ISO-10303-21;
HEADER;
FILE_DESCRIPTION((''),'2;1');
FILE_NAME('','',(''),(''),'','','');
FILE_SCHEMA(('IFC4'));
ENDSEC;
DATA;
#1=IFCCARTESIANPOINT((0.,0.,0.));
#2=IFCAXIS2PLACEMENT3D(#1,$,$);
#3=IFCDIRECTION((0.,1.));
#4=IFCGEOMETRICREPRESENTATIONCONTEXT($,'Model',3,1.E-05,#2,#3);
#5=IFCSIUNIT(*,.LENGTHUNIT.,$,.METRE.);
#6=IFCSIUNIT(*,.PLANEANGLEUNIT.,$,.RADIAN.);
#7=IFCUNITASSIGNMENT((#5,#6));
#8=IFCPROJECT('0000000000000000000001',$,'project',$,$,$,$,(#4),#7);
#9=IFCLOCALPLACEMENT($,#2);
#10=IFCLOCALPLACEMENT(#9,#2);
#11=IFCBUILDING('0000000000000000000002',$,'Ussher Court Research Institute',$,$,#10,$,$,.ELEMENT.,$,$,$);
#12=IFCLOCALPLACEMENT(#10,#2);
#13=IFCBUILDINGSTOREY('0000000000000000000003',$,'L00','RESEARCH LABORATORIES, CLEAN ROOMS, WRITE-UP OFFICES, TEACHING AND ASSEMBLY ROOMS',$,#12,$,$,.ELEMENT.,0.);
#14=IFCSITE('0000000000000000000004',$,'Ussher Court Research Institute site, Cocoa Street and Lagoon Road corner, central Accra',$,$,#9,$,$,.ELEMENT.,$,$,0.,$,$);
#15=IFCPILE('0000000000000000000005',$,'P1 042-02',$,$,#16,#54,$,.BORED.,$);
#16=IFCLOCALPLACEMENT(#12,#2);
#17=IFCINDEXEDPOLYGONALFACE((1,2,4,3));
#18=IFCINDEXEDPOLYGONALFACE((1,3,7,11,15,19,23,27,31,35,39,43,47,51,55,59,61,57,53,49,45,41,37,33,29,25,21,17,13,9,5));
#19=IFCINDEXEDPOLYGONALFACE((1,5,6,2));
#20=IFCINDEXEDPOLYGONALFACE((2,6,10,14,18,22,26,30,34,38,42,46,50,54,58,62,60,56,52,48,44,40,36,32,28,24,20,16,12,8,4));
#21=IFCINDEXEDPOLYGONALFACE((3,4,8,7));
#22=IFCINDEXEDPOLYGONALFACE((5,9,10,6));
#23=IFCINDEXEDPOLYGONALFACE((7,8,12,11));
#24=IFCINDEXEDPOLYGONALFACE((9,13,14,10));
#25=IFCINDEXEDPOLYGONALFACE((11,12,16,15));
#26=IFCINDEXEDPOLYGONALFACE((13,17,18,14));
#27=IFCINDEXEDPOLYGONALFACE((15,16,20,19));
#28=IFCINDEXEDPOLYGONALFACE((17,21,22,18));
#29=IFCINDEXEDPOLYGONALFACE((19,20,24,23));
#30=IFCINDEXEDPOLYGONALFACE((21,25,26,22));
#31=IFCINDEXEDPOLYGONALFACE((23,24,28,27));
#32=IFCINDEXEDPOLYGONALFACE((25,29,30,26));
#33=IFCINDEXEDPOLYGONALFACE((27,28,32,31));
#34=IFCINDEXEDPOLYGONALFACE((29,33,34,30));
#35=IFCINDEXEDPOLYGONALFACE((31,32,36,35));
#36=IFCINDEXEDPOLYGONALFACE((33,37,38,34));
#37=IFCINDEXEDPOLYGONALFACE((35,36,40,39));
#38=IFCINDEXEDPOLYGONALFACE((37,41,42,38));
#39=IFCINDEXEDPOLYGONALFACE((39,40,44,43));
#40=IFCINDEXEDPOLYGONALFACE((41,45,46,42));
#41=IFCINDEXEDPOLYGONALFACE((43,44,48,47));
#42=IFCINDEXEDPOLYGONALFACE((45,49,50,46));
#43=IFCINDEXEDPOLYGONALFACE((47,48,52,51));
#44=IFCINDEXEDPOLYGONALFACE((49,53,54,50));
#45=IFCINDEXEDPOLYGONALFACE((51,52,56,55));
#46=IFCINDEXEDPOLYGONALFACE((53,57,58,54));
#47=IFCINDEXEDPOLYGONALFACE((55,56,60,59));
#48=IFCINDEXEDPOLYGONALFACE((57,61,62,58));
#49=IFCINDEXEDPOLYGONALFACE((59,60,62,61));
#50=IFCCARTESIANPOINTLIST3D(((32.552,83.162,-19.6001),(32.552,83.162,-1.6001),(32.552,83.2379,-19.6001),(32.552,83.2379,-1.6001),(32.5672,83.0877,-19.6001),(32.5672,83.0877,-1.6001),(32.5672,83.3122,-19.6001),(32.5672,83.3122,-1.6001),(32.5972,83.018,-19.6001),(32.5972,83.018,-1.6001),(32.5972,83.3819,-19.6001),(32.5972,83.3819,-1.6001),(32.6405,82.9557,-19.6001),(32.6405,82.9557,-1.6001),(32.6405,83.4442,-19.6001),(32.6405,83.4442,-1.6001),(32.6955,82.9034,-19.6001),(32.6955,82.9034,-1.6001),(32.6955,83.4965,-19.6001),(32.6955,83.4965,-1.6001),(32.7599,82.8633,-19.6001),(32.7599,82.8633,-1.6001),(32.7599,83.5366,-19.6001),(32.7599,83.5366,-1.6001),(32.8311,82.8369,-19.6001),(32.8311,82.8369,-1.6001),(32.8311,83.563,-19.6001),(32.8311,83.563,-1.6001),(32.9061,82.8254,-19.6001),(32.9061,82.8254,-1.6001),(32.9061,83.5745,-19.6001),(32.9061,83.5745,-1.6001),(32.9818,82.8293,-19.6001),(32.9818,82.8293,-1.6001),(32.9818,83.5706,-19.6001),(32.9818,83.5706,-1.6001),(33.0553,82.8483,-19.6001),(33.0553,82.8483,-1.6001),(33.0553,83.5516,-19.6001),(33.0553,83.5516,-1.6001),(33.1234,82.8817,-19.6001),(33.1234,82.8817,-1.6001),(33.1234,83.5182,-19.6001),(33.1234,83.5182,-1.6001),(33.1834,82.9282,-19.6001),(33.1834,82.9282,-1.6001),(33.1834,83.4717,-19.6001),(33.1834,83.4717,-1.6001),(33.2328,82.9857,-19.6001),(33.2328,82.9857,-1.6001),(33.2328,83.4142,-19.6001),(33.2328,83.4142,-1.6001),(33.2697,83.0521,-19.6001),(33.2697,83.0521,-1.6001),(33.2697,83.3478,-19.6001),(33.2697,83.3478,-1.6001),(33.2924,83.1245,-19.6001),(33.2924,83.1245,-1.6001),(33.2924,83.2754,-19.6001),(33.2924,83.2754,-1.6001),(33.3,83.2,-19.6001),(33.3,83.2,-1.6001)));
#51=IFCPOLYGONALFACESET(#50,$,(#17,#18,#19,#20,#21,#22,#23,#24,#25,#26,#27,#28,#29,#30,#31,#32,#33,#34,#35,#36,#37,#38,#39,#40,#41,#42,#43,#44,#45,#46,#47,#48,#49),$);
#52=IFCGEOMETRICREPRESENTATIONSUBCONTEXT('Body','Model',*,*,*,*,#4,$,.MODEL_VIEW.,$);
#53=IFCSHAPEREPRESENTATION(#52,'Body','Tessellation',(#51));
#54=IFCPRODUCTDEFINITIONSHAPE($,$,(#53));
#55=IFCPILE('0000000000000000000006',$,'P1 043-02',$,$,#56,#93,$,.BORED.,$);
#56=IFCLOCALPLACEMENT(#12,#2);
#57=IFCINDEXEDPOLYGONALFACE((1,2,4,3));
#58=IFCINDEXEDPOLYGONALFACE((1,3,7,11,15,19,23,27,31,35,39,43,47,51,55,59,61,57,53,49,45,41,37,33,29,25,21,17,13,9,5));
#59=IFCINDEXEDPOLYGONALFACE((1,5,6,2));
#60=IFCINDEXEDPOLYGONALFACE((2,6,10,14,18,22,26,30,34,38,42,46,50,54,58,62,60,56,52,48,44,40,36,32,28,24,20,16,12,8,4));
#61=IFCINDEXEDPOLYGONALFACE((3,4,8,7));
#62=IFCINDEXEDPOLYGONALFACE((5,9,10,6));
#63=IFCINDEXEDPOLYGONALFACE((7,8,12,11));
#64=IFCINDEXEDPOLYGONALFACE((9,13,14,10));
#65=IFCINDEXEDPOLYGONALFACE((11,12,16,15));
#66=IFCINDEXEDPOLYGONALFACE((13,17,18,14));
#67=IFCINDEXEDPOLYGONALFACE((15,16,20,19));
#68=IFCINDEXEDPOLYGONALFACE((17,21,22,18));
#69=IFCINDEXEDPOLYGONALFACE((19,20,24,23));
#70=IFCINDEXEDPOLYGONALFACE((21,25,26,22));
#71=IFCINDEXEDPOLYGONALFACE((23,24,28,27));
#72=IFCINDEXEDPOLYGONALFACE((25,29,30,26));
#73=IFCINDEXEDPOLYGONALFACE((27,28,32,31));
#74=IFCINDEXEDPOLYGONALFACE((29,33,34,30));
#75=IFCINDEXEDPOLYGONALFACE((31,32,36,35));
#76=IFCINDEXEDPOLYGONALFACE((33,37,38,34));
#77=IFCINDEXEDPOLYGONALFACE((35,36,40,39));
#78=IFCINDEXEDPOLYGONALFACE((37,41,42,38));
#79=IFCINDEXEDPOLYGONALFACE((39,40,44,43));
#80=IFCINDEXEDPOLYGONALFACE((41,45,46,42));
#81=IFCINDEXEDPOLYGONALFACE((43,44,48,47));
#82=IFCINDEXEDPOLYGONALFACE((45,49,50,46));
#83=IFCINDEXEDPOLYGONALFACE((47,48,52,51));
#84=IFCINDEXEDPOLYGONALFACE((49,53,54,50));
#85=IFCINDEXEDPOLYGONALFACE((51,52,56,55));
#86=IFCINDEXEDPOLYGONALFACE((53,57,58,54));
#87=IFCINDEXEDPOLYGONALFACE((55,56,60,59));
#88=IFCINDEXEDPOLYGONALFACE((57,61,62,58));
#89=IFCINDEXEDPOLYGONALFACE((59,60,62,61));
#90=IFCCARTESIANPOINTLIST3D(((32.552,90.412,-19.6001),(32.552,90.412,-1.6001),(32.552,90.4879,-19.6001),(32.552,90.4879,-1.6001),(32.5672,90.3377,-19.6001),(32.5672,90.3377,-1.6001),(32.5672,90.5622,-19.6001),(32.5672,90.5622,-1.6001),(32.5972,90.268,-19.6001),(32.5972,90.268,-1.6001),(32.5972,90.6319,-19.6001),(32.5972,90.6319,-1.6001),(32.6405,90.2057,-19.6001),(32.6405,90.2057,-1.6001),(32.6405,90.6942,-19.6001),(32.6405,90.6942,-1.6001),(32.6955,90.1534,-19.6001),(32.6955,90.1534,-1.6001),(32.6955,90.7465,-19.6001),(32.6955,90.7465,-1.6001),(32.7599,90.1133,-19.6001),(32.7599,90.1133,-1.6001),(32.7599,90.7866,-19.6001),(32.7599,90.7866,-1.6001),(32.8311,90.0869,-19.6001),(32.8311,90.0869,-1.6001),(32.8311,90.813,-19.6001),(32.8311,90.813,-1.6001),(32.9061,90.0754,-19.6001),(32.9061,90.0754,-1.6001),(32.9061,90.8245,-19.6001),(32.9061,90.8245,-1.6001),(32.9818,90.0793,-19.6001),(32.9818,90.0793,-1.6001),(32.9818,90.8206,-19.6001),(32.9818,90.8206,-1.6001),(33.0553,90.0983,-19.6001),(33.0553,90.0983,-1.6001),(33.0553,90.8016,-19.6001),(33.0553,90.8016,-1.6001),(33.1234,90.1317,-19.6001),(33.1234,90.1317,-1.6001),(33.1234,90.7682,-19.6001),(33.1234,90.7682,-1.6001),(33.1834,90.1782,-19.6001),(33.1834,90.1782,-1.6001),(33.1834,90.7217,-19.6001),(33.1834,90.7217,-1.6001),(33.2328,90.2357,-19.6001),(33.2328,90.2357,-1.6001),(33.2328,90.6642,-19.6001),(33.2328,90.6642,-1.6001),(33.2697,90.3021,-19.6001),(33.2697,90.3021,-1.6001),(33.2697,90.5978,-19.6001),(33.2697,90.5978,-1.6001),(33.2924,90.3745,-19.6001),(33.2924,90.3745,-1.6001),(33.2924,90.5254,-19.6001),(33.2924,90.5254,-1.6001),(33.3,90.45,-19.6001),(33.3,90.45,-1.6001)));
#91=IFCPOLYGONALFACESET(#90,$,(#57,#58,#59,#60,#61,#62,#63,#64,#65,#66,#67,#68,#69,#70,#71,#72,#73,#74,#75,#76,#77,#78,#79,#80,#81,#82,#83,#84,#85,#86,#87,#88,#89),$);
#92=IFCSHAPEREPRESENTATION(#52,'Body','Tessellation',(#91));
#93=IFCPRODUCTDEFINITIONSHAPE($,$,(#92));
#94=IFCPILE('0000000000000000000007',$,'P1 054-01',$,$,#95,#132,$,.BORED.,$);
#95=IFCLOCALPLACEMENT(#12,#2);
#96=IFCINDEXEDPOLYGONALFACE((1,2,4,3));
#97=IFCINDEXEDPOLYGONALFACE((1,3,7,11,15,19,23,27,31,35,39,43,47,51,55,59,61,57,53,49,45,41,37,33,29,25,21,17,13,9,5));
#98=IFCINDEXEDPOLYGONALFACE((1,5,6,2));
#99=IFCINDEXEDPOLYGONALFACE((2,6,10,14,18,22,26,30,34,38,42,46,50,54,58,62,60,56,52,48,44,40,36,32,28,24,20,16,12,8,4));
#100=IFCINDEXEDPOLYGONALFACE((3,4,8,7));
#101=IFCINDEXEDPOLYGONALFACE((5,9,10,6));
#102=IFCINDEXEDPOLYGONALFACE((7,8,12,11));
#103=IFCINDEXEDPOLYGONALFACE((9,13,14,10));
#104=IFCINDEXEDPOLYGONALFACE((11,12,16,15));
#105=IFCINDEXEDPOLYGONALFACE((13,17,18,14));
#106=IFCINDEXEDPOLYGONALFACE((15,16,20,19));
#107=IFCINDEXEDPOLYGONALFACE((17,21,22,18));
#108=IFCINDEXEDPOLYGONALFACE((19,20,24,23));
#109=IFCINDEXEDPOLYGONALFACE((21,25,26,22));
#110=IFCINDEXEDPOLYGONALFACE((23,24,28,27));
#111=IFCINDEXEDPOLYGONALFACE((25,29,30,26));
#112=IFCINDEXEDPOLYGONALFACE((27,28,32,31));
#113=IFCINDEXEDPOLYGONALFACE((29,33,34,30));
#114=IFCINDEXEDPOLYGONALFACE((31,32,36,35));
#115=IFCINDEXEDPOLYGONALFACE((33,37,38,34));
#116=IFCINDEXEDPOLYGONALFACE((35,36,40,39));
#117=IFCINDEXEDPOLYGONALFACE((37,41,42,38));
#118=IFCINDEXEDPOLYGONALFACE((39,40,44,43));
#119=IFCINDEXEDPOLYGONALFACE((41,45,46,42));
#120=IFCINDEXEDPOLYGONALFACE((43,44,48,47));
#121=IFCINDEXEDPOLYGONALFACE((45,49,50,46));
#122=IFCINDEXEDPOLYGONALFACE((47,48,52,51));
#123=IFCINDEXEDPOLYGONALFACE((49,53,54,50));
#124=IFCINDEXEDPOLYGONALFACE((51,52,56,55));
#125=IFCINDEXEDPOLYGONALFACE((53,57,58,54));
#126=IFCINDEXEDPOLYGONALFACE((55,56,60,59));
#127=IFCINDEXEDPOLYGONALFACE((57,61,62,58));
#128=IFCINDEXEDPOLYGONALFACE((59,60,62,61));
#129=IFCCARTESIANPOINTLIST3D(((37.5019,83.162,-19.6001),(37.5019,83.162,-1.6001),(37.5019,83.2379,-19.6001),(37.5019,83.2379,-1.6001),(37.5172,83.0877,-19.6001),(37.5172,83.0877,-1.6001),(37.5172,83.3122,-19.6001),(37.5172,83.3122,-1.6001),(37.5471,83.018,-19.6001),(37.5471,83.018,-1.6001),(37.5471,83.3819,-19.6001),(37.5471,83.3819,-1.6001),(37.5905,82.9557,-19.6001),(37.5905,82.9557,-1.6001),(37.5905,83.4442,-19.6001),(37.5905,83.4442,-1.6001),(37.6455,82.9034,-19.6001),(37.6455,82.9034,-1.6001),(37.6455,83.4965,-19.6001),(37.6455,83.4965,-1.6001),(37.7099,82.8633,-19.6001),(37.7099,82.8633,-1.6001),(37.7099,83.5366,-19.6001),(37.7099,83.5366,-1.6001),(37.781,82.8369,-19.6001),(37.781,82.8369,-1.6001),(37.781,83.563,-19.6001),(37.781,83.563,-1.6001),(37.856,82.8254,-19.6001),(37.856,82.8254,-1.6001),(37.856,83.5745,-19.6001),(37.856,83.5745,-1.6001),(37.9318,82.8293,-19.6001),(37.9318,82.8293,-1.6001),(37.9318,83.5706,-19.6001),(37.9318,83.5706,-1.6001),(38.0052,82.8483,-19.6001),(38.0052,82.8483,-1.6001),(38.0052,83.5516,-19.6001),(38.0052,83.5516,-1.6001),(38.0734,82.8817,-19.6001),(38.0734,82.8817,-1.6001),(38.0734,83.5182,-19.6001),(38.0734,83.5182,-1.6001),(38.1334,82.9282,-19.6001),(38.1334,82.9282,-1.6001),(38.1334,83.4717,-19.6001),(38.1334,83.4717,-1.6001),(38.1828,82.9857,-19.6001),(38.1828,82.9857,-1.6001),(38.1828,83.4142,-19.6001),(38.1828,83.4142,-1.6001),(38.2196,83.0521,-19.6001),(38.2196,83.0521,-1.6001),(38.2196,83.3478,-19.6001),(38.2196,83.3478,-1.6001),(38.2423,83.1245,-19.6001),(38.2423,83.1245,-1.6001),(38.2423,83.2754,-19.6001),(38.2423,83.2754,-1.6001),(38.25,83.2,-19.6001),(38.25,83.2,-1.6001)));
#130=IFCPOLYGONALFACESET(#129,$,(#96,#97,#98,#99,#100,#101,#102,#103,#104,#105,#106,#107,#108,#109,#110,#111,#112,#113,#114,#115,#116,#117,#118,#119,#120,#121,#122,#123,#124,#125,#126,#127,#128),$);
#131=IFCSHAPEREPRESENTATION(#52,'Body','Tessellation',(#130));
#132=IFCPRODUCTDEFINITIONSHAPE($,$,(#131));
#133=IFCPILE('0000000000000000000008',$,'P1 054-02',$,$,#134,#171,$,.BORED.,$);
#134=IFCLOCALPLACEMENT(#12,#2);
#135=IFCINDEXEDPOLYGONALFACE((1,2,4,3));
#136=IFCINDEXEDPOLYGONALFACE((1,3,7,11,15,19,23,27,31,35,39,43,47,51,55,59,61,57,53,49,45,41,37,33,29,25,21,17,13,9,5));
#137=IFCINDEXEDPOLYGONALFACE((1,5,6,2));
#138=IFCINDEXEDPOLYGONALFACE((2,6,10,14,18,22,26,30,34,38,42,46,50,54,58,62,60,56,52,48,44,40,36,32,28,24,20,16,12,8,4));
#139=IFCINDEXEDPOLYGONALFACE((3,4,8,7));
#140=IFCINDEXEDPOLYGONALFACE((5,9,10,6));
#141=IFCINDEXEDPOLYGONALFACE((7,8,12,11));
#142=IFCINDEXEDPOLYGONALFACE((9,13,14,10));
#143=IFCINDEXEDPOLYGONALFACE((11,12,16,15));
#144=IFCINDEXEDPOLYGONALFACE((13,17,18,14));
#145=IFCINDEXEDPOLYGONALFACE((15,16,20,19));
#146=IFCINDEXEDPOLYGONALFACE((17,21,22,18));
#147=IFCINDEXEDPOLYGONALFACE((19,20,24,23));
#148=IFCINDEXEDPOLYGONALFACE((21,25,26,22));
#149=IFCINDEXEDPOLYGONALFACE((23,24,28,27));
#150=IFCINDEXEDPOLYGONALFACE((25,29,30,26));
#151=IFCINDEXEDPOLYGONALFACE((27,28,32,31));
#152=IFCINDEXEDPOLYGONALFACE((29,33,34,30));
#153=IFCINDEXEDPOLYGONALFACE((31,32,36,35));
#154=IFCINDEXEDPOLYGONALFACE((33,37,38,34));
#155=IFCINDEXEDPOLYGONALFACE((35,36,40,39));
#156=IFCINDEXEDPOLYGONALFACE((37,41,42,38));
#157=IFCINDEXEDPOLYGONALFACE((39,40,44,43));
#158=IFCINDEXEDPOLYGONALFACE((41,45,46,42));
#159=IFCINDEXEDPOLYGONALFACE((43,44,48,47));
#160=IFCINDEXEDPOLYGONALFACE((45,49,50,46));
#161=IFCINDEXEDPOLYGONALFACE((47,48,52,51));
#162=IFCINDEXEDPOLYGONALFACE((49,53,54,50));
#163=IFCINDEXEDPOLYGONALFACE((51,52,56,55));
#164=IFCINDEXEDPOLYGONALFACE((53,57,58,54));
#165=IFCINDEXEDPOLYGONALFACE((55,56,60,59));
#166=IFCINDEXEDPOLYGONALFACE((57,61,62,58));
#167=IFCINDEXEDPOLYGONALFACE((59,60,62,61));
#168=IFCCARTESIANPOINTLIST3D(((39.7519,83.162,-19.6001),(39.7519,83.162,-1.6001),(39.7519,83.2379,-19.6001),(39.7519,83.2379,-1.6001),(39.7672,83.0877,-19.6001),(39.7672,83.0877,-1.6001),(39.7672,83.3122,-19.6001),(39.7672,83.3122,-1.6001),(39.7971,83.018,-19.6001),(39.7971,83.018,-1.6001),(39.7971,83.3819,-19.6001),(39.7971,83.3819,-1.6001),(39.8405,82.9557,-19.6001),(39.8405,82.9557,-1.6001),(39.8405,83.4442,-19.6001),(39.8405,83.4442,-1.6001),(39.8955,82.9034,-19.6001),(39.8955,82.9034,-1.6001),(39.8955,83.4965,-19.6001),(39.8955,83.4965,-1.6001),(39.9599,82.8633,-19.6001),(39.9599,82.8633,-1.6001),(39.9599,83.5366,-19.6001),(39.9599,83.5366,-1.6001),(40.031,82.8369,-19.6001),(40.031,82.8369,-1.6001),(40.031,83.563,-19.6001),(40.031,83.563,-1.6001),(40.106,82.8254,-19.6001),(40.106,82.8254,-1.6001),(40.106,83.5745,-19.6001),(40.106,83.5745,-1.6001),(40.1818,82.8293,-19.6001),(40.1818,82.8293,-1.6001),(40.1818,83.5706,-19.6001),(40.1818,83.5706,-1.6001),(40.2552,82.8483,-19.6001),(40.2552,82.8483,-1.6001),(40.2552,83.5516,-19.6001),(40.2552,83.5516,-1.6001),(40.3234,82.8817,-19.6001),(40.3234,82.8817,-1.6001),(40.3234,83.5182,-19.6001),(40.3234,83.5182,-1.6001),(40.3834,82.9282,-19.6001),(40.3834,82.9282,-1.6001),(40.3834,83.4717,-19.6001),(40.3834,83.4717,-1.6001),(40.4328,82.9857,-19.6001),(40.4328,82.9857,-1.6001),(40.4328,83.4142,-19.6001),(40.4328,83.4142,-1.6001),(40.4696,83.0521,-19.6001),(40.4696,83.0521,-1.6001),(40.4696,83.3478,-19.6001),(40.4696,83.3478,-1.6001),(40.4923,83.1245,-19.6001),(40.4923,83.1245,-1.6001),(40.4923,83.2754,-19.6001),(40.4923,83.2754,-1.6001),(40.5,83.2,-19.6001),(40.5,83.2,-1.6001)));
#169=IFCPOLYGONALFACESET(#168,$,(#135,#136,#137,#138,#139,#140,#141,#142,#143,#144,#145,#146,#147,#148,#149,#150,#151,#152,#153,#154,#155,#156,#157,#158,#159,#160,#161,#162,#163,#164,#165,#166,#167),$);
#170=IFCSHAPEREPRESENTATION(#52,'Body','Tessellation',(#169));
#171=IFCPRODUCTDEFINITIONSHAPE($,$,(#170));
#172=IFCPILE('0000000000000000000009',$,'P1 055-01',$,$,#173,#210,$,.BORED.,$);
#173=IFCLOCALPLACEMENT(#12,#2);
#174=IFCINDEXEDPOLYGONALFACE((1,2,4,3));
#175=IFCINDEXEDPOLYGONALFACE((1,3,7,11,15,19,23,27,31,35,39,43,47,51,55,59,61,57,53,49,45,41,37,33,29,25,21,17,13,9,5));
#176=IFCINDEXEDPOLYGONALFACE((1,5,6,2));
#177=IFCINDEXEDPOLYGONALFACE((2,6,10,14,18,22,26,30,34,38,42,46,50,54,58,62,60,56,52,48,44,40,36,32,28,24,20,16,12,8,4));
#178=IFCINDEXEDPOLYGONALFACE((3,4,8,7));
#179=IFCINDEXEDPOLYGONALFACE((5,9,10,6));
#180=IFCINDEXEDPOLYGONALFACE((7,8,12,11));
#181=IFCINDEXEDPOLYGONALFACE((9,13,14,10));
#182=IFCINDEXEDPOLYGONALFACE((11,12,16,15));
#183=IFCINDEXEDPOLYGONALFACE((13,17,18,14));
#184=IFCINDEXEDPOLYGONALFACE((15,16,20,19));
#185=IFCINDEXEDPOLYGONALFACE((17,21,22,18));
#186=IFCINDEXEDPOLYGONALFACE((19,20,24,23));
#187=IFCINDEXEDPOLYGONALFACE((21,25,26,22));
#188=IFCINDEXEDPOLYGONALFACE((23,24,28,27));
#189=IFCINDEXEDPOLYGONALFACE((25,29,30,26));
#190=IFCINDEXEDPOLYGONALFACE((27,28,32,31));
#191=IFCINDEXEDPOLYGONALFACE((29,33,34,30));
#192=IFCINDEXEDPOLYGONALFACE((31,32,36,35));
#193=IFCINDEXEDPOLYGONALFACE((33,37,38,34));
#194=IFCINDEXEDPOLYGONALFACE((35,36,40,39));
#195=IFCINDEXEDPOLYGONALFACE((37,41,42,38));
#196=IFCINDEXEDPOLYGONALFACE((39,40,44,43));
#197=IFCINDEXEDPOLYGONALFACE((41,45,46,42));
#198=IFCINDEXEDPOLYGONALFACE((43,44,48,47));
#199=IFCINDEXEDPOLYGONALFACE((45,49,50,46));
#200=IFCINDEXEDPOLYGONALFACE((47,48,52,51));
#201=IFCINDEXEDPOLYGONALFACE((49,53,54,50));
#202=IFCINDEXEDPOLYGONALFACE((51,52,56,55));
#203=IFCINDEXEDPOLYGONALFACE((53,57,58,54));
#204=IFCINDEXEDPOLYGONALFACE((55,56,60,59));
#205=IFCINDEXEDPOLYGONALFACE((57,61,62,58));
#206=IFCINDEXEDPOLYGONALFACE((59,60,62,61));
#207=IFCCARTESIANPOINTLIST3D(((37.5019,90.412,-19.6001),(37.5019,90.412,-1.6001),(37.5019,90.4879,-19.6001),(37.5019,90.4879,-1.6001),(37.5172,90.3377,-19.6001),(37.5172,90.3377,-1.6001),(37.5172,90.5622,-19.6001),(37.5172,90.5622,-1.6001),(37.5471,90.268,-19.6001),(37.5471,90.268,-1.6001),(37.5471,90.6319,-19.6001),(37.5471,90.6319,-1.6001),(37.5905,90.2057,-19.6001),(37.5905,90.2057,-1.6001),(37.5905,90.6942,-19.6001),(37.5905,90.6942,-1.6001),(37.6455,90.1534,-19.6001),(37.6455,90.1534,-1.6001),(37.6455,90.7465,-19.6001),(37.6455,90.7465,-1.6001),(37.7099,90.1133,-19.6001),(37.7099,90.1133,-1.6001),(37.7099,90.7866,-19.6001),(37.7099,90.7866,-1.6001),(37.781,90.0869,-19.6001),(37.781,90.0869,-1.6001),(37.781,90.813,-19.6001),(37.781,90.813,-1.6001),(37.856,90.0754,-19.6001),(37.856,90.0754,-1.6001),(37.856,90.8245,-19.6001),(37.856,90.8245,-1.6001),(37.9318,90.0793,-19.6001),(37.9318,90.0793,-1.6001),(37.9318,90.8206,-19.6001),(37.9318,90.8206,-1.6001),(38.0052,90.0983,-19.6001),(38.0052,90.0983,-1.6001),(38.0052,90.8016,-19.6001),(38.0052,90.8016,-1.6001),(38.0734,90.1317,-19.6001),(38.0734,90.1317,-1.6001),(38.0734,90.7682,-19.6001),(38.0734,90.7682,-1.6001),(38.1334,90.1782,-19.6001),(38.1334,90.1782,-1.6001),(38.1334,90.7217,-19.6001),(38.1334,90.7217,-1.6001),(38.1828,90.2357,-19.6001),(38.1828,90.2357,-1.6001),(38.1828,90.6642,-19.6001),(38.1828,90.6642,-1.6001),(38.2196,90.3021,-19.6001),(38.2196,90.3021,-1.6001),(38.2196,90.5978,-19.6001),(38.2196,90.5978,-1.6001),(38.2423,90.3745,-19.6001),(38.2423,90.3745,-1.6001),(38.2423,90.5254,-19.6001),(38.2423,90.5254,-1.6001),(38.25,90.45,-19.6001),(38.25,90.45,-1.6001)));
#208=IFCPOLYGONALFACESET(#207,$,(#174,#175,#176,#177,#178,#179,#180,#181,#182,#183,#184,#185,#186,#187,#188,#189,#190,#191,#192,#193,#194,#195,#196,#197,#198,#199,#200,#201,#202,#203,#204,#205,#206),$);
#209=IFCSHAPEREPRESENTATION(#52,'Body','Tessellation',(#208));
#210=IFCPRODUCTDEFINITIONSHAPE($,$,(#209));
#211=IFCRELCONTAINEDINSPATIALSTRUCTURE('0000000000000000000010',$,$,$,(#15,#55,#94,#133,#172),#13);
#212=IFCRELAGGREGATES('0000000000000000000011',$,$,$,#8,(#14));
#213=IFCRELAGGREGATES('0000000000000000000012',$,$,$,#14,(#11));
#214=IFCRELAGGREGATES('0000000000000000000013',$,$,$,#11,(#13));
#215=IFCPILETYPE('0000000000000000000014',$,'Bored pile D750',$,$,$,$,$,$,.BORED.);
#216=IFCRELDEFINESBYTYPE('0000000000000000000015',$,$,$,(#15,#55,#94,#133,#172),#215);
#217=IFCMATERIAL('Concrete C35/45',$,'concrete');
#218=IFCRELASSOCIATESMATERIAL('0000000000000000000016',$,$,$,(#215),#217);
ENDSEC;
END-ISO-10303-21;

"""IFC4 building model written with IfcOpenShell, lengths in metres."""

from ifc_helpers import new_model, si_unit, direction, frame, origin, origin_2d, place, context, subcontext, project, spatial, circle, extrude, material, material_profile, profile_set, type_object, element, save


model = new_model("IFC4")

# Units and contexts
model_context = context("Model", 3, precision=1e-05, world=origin(), true_north=direction((0.0, 1.0)))
body_context = subcontext(model_context, "Body", "Model", "MODEL_VIEW")
ifc_project = project(units=[si_unit("LENGTHUNIT", "METRE"), si_unit("PLANEANGLEUNIT", "RADIAN")], contexts=[model_context])

# Site, building, storey
site_placement = place(None, origin())
site = spatial("IfcSite", under=ifc_project, at=site_placement, Name="Ussher Court Research Institute site, Cocoa Street and Lagoon Road corner, central Accra", CompositionType="ELEMENT", RefElevation=0.0)
building_placement = place(site_placement, origin())
building = spatial("IfcBuilding", under=site, at=building_placement, Name="Ussher Court Research Institute", CompositionType="ELEMENT")
storey_placement = place(building_placement, origin())
storey = spatial("IfcBuildingStorey", under=building, at=storey_placement, Name="L00", Description="RESEARCH LABORATORIES, CLEAN ROOMS, WRITE-UP OFFICES, TEACHING AND ASSEMBLY ROOMS", CompositionType="ELEMENT", Elevation=0.0)

# Piles
ifc_material_1 = material(Name="Concrete C35/45", Category="concrete")
ifc_material_profile_1 = material_profile(ifc_material_1, circle(Radius=0.375, at=origin_2d()), Name="RC D750")
ifc_profile_set_1 = profile_set([ifc_material_profile_1], Name="Concrete C35/45")
pile_type = type_object("IfcPileType", Name="Bored pile D750", PredefinedType="BORED", material=ifc_profile_set_1)
for number, where, z_axis, x_axis, name in (
    (1, (32.925, 83.2, -1.6001), (0.0, 0.0, -1.0), (1.0, 0.0, 0.0), "P1 042-02"),
    (2, (32.925, 90.45, -1.6001), (0.0, 0.0, -1.0), (1.0, 0.0, 0.0), "P1 043-02"),
    (3, (37.875, 83.2, -1.6001), (0.0, 0.0, -1.0), (1.0, 0.0, 0.0), "P1 054-01"),
    (4, (40.125, 83.2, -1.6001), (0.0, 0.0, -1.0), (1.0, 0.0, 0.0), "P1 054-02"),
    (5, (37.875, 90.45, -1.6001), (0.0, 0.0, -1.0), (1.0, 0.0, 0.0), "P1 055-01"),
):
    element("IfcPile", number, at=place(storey_placement, frame(where, z_axis=z_axis, x_axis=x_axis)), inside=storey, type_object=pile_type, Name=name, PredefinedType="BORED", context=body_context, shape_type="SweptSolid", body=[
        extrude(circle(Radius=0.375, at=origin_2d()), origin(), (0.0, 0.0, 1.0), 18.0),
    ])

save(model, "model.ifc")
